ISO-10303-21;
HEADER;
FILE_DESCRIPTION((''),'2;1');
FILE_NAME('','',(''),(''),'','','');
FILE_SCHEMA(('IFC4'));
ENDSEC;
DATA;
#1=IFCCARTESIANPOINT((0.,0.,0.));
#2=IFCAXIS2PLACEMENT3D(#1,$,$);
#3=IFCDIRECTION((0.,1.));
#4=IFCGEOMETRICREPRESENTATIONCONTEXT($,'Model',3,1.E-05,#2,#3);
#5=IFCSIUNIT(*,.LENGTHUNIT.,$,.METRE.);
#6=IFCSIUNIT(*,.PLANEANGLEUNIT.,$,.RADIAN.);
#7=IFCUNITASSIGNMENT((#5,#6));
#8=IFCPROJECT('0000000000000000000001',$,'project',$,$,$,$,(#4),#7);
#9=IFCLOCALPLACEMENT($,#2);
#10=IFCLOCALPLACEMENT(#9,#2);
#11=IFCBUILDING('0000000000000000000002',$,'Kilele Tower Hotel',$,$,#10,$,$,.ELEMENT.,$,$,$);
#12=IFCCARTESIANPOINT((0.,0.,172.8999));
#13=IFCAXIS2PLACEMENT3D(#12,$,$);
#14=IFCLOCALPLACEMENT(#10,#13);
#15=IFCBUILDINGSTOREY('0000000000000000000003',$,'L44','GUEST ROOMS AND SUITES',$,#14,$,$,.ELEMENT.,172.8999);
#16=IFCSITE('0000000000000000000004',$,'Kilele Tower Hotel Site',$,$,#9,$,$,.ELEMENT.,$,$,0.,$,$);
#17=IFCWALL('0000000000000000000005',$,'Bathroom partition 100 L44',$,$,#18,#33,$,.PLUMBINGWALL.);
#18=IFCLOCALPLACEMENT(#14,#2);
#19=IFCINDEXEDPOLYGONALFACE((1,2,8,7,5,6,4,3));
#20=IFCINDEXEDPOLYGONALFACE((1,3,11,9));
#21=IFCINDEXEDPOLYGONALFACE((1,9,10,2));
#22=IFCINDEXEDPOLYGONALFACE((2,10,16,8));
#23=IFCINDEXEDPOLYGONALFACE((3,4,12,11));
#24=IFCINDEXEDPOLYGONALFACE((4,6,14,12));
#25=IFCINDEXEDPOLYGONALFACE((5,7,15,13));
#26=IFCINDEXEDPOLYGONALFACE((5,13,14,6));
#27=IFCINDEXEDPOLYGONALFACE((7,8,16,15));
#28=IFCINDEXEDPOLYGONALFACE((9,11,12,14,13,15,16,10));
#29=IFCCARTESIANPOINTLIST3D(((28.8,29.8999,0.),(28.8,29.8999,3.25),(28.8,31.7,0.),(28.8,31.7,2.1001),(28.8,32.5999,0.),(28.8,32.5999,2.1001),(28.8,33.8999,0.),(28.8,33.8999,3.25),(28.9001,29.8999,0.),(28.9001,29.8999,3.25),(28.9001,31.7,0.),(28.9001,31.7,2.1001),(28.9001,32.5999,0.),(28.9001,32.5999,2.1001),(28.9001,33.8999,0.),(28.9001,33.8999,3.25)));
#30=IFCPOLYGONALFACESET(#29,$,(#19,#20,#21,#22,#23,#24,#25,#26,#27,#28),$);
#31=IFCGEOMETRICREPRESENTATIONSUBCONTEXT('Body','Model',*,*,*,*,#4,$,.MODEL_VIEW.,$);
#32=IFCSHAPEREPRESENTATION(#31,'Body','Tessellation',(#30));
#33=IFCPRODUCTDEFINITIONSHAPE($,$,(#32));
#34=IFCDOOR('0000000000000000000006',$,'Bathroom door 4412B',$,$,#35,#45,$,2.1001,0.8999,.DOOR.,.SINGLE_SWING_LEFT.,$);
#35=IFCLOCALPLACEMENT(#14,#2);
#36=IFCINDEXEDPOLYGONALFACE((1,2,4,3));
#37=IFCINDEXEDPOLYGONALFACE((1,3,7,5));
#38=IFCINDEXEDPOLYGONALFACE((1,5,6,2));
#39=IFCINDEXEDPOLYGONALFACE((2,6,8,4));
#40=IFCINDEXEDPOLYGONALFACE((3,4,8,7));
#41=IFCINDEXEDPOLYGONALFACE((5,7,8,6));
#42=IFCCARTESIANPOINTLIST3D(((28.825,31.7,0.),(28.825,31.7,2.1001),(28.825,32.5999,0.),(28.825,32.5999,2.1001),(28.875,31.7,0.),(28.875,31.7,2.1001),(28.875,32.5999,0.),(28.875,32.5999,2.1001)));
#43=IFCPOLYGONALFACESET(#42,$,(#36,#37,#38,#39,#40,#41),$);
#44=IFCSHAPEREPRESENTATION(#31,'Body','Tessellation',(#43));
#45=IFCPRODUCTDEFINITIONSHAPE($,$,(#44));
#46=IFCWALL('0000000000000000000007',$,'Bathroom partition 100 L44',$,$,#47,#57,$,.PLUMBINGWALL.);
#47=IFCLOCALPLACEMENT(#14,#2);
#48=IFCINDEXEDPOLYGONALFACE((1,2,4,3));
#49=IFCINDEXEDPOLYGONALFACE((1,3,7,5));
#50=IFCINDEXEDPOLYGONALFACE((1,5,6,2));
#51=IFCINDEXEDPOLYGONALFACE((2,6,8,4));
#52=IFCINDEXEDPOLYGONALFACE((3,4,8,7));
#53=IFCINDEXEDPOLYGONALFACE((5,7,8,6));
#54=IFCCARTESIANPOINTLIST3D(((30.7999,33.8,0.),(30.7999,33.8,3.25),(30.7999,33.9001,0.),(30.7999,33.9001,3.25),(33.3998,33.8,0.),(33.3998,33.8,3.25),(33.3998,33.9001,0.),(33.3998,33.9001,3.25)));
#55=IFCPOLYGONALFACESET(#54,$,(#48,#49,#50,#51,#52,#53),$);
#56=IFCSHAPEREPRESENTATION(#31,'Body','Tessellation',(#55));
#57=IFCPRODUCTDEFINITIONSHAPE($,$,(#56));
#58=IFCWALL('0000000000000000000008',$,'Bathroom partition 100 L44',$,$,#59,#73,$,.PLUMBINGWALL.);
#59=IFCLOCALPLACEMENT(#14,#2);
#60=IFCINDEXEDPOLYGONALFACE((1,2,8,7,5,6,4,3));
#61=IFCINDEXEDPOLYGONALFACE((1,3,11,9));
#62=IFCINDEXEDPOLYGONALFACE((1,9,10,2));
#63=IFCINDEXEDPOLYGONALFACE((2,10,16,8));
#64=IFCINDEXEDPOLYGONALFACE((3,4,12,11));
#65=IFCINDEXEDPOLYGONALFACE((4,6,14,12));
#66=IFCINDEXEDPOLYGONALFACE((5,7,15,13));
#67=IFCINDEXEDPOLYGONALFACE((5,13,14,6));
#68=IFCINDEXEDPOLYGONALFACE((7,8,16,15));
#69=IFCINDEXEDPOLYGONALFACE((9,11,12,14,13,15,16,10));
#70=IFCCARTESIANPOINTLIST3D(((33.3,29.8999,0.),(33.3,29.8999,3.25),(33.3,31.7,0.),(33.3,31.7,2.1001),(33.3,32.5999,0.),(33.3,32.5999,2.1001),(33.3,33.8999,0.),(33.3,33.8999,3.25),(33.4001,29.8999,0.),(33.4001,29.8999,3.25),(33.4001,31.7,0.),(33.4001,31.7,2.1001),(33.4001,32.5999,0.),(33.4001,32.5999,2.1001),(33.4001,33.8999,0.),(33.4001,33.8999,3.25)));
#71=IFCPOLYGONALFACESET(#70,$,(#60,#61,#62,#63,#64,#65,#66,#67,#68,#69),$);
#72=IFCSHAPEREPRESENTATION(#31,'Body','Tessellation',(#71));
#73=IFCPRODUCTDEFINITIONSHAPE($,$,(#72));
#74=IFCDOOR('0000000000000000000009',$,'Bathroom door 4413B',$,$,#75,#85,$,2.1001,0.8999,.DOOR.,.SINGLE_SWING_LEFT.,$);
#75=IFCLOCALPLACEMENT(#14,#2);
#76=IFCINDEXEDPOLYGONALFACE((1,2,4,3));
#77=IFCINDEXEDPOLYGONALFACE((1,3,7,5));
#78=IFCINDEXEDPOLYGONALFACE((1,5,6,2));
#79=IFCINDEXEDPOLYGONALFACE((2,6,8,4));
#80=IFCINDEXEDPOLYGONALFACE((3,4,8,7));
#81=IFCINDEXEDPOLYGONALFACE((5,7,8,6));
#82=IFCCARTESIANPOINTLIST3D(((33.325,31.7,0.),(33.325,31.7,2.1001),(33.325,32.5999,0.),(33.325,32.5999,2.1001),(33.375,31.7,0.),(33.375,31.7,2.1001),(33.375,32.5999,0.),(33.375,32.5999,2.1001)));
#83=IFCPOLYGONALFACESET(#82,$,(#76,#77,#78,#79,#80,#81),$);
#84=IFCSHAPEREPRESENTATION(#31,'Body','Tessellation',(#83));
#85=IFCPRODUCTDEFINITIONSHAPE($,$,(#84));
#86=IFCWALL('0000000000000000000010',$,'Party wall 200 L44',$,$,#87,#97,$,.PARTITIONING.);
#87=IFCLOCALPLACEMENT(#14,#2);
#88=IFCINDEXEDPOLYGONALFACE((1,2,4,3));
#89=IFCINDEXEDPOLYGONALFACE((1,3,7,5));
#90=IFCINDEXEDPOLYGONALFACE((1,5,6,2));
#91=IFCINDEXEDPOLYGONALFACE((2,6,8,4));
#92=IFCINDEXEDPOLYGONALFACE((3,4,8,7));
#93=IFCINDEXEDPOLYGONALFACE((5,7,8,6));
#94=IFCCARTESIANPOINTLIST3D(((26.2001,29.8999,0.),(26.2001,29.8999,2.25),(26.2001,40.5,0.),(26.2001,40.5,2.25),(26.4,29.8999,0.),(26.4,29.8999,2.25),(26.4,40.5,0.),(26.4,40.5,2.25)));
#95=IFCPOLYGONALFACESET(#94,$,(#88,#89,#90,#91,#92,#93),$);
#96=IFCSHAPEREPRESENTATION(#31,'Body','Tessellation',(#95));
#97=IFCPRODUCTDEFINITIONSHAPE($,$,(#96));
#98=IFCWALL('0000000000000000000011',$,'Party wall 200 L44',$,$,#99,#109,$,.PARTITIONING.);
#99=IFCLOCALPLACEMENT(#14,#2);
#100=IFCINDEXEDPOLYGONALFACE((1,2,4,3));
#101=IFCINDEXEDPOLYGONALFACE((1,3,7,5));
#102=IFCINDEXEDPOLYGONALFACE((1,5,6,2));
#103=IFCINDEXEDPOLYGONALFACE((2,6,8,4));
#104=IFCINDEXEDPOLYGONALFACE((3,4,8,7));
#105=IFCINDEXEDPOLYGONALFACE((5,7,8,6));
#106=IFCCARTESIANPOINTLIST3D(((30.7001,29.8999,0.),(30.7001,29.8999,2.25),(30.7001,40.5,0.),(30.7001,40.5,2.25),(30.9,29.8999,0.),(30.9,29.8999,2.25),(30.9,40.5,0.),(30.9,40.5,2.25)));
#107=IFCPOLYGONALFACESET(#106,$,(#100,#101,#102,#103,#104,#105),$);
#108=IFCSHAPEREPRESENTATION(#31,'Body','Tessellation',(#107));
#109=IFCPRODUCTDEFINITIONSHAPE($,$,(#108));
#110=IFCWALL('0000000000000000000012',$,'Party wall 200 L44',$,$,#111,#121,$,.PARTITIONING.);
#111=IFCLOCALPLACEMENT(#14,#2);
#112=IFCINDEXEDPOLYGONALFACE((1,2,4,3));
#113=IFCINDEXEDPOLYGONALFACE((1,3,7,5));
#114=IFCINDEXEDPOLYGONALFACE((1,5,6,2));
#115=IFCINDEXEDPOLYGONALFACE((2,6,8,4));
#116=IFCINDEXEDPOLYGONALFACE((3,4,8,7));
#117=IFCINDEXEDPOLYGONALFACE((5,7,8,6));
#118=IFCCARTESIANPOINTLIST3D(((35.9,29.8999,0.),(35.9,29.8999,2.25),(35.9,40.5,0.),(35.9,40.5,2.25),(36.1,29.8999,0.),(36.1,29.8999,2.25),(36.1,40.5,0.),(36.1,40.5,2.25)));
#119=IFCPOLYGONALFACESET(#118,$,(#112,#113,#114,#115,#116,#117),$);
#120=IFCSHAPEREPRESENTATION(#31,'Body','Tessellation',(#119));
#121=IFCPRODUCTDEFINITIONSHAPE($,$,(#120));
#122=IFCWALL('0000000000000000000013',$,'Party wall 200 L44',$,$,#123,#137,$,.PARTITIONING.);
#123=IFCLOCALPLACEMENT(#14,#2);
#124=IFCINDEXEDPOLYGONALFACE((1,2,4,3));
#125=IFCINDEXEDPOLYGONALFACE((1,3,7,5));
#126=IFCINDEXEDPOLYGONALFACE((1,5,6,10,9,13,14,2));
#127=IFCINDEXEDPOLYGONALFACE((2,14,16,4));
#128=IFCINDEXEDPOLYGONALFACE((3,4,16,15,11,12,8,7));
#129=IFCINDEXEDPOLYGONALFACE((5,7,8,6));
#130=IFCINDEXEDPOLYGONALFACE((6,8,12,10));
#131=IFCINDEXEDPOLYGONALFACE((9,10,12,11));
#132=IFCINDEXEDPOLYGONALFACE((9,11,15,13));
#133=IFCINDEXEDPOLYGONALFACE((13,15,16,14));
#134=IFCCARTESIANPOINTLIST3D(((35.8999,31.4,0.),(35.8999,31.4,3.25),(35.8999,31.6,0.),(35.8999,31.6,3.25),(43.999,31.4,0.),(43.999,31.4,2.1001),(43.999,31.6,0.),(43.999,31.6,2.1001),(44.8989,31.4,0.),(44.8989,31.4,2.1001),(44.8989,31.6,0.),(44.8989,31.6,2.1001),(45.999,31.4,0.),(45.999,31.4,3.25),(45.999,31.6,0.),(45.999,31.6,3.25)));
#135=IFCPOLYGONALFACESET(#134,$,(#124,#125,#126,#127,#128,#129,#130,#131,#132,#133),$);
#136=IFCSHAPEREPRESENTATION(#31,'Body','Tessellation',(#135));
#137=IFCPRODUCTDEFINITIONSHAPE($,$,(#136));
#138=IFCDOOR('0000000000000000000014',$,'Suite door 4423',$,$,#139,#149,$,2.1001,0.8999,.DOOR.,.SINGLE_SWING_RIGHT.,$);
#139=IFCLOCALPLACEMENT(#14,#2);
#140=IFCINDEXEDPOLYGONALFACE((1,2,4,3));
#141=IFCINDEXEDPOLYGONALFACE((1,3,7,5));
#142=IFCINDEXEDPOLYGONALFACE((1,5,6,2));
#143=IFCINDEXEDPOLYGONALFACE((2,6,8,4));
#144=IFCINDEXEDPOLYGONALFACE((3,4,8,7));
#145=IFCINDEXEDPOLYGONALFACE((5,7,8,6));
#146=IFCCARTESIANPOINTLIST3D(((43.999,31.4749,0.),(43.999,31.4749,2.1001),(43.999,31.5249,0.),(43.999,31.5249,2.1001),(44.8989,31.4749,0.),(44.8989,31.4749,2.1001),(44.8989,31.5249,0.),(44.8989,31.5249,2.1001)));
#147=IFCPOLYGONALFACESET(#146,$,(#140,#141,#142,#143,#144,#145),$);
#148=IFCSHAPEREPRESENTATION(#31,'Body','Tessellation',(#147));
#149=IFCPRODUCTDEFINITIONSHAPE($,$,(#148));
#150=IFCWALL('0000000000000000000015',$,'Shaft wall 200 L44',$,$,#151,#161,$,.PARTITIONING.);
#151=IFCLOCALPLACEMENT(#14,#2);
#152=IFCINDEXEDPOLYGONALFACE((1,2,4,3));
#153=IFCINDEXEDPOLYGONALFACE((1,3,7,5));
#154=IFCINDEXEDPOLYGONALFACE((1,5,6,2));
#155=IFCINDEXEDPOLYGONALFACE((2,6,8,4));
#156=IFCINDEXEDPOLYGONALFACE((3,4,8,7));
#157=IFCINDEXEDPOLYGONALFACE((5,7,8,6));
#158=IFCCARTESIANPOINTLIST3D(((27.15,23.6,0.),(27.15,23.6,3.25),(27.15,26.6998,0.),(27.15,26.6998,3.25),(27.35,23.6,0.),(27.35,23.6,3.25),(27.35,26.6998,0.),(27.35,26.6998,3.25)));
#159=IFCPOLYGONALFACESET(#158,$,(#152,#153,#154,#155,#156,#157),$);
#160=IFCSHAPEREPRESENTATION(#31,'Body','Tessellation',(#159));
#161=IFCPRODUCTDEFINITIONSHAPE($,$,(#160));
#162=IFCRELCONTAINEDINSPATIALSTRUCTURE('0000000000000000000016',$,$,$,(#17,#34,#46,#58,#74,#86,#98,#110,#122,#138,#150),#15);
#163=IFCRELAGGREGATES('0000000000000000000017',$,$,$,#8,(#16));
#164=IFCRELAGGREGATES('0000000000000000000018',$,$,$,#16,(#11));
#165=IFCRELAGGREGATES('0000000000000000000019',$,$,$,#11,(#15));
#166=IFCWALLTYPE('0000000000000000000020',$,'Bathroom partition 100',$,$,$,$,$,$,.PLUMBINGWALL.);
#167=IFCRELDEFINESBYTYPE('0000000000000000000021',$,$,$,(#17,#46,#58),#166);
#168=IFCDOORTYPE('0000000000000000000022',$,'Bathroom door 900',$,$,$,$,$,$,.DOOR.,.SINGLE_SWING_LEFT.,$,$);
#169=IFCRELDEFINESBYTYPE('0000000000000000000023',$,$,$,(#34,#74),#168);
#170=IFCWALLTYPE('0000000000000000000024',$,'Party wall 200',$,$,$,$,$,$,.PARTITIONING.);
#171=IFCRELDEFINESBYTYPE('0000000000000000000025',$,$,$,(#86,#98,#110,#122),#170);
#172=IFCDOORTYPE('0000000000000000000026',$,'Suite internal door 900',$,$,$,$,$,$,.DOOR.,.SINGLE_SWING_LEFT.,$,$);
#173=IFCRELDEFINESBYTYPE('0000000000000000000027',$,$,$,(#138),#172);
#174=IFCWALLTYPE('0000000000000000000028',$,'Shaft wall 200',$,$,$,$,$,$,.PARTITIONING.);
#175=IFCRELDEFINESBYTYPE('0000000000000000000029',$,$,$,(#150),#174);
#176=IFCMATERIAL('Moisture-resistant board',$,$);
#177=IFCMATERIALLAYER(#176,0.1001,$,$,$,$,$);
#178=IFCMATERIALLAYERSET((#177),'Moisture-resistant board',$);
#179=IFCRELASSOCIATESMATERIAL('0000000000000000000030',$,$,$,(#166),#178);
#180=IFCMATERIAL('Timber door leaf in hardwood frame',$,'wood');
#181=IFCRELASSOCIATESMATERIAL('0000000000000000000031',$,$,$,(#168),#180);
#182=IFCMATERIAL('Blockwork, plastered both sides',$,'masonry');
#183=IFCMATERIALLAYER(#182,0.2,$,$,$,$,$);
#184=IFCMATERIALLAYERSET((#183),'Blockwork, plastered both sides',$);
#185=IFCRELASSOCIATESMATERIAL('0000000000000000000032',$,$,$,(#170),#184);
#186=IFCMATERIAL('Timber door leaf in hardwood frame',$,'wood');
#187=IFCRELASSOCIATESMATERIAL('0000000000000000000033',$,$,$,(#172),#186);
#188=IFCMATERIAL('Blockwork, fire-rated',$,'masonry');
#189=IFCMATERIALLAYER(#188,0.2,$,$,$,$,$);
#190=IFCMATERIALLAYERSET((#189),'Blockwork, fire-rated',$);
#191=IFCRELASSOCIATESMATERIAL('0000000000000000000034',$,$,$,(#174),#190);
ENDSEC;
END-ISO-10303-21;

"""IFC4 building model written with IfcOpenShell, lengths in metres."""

from ifc_helpers import new_model, si_unit, direction, frame, frame_2d, origin, place, context, subcontext, project, spatial, rectangle, extrude, material, layer, layer_set, type_object, element, fill, save


model = new_model("IFC4")

# Units and contexts
model_context = context("Model", 3, precision=1e-05, world=origin(), true_north=direction((0.0, 1.0)))
body_context = subcontext(model_context, "Body", "Model", "MODEL_VIEW")
ifc_project = project(units=[si_unit("LENGTHUNIT", "METRE"), si_unit("PLANEANGLEUNIT", "RADIAN")], contexts=[model_context])

# Site, building, storey
site_placement = place(None, origin())
site = spatial("IfcSite", under=ifc_project, at=site_placement, Name="Kilele Tower Hotel Site", CompositionType="ELEMENT", RefElevation=0.0)
building_placement = place(site_placement, origin())
building = spatial("IfcBuilding", under=site, at=building_placement, Name="Kilele Tower Hotel", CompositionType="ELEMENT")
storey_placement = place(building_placement, frame((0.0, 0.0, 172.8999)))
storey = spatial("IfcBuildingStorey", under=building, at=storey_placement, Name="L44", Description="GUEST ROOMS AND SUITES", CompositionType="ELEMENT", Elevation=172.8999)

# Shared definitions
ifc_material_1 = material(Name="Moisture-resistant board")
ifc_layer_1 = layer(ifc_material_1, 0.1001)
ifc_layer_set_1 = layer_set([ifc_layer_1], Name="Moisture-resistant board")
wall_type_1 = type_object("IfcWallType", Name="Bathroom partition 100", PredefinedType="PLUMBINGWALL", material=ifc_layer_set_1)
ifc_material_2 = material(Name="Timber door leaf in hardwood frame", Category="wood")
door_type_1 = type_object("IfcDoorType", Name="Bathroom door 900", OperationType="SINGLE_SWING_LEFT", PredefinedType="DOOR", material=ifc_material_2)

# Wall, opening, door
wall_1_placement = place(storey_placement, frame((28.8501, 29.8999, 0.0), z_axis=(0.0, 0.0, 1.0), x_axis=(0.0, 1.0, 0.0)))
wall_1 = element("IfcWall", 1, at=wall_1_placement, inside=storey, type_object=wall_type_1, Name="Bathroom partition 100 L44", PredefinedType="PLUMBINGWALL", context=body_context, shape_type="SweptSolid", body=[
    extrude(rectangle(XDim=4.0, YDim=0.1001, at=frame_2d((2.0, 0.0))), origin(), (0.0, 0.0, 1.0), 3.25),
])
opening_1_placement = place(wall_1_placement, frame((2.7, 0.0, 0.0), z_axis=(0.0, 0.0, 1.0), x_axis=(-1.0, 0.0, 0.0)))
opening_1 = element("IfcOpeningElement", 2, at=opening_1_placement, cuts=wall_1, PredefinedType="OPENING", context=body_context, shape_type="SweptSolid", body=[
    extrude(rectangle(XDim=0.8999, YDim=2.1001, at=frame_2d((0.45, 1.05))), frame((0.0, 0.0601, 0.0), z_axis=(0.0, -1.0, 0.0), x_axis=(1.0, 0.0, 0.0)), (0.0, 0.0, 1.0), 0.1201),
])
door_1_placement = place(opening_1_placement, origin())
door_1 = element("IfcDoor", 3, at=door_1_placement, inside=storey, type_object=door_type_1, Name="Bathroom door 4412B", OperationType="SINGLE_SWING_LEFT", OverallHeight=2.1001, OverallWidth=0.8999, PredefinedType="DOOR", context=body_context, shape_type="SweptSolid", body=[
    extrude(rectangle(XDim=0.8999, YDim=2.1001, at=frame_2d((0.45, 1.05))), frame((0.0, 0.0249, 0.0), z_axis=(0.0, -1.0, 0.0), x_axis=(1.0, 0.0, 0.0)), (0.0, 0.0, 1.0), 0.05),
])
fill(opening_1, door_1)

# Wall
wall_2_placement = place(storey_placement, frame((30.8, 33.8501, 0.0), z_axis=(0.0, 0.0, 1.0), x_axis=(1.0, 0.0, 0.0)))
element("IfcWall", 4, at=wall_2_placement, inside=storey, type_object=wall_type_1, Name="Bathroom partition 100 L44", PredefinedType="PLUMBINGWALL", context=body_context, shape_type="SweptSolid", body=[
    extrude(rectangle(XDim=2.5999, YDim=0.1001, at=frame_2d((1.2998, 0.0))), origin(), (0.0, 0.0, 1.0), 3.25),
])

# Wall, opening, door
wall_3_placement = place(storey_placement, frame((33.3501, 29.8999, 0.0), z_axis=(0.0, 0.0, 1.0), x_axis=(0.0, 1.0, 0.0)))
wall_3 = element("IfcWall", 5, at=wall_3_placement, inside=storey, type_object=wall_type_1, Name="Bathroom partition 100 L44", PredefinedType="PLUMBINGWALL", context=body_context, shape_type="SweptSolid", body=[
    extrude(rectangle(XDim=4.0, YDim=0.1001, at=frame_2d((2.0, 0.0))), origin(), (0.0, 0.0, 1.0), 3.25),
])
opening_2_placement = place(wall_3_placement, frame((2.7, 0.0, 0.0), z_axis=(0.0, 0.0, 1.0), x_axis=(-1.0, 0.0, 0.0)))
opening_2 = element("IfcOpeningElement", 6, at=opening_2_placement, cuts=wall_3, PredefinedType="OPENING", context=body_context, shape_type="SweptSolid", body=[
    extrude(rectangle(XDim=0.8999, YDim=2.1001, at=frame_2d((0.45, 1.05))), frame((0.0, 0.0601, 0.0), z_axis=(0.0, -1.0, 0.0), x_axis=(1.0, 0.0, 0.0)), (0.0, 0.0, 1.0), 0.1201),
])
door_2_placement = place(opening_2_placement, origin())
door_2 = element("IfcDoor", 7, at=door_2_placement, inside=storey, type_object=door_type_1, Name="Bathroom door 4413B", OperationType="SINGLE_SWING_LEFT", OverallHeight=2.1001, OverallWidth=0.8999, PredefinedType="DOOR", context=body_context, shape_type="SweptSolid", body=[
    extrude(rectangle(XDim=0.8999, YDim=2.1001, at=frame_2d((0.45, 1.05))), frame((0.0, 0.0249, 0.0), z_axis=(0.0, -1.0, 0.0), x_axis=(1.0, 0.0, 0.0)), (0.0, 0.0, 1.0), 0.05),
])
fill(opening_2, door_2)

# Walls
ifc_material_3 = material(Name="Blockwork, plastered both sides", Category="masonry")
ifc_layer_2 = layer(ifc_material_3, 0.2)
ifc_layer_set_2 = layer_set([ifc_layer_2], Name="Blockwork, plastered both sides")
wall_type_2 = type_object("IfcWallType", Name="Party wall 200", PredefinedType="PARTITIONING", material=ifc_layer_set_2)
for number, where, z_axis, x_axis, name in (
    (8, (26.3, 29.8999, 0.0), (0.0, 0.0, 1.0), (0.0, 1.0, 0.0), "Party wall 200 L44"),
    (9, (30.8, 29.8999, 0.0), (0.0, 0.0, 1.0), (0.0, 1.0, 0.0), "Party wall 200 L44"),
    (10, (36.0, 29.8999, 0.0), (0.0, 0.0, 1.0), (0.0, 1.0, 0.0), "Party wall 200 L44"),
):
    element("IfcWall", number, at=place(storey_placement, frame(where, z_axis=z_axis, x_axis=x_axis)), inside=storey, type_object=wall_type_2, Name=name, PredefinedType="PARTITIONING", context=body_context, shape_type="SweptSolid", body=[
        extrude(rectangle(XDim=10.6001, YDim=0.2, at=frame_2d((5.3, 0.0))), origin(), (0.0, 0.0, 1.0), 2.25),
    ])

# Wall, opening, door
wall_4_placement = place(storey_placement, frame((35.8999, 31.5, 0.0), z_axis=(0.0, 0.0, 1.0), x_axis=(1.0, 0.0, 0.0)))
wall_4 = element("IfcWall", 11, at=wall_4_placement, inside=storey, type_object=wall_type_2, Name="Party wall 200 L44", PredefinedType="PARTITIONING", context=body_context, shape_type="SweptSolid", body=[
    extrude(rectangle(XDim=10.0991, YDim=0.2, at=frame_2d((5.0496, 0.0))), origin(), (0.0, 0.0, 1.0), 3.25),
])
opening_3_placement = place(wall_4_placement, frame((8.0991, 0.0, 0.0)))
opening_3 = element("IfcOpeningElement", 12, at=opening_3_placement, cuts=wall_4, PredefinedType="OPENING", context=body_context, shape_type="SweptSolid", body=[
    extrude(rectangle(XDim=0.8999, YDim=2.1001, at=frame_2d((0.45, 1.05))), frame((0.0, 0.1099, 0.0), z_axis=(0.0, -1.0, 0.0), x_axis=(1.0, 0.0, 0.0)), (0.0, 0.0, 1.0), 0.22),
])
ifc_material_4 = material(Name="Timber door leaf in hardwood frame", Category="wood")
door_type_2 = type_object("IfcDoorType", Name="Suite internal door 900", OperationType="SINGLE_SWING_LEFT", PredefinedType="DOOR", material=ifc_material_4)
door_3_placement = place(opening_3_placement, origin())
door_3 = element("IfcDoor", 13, at=door_3_placement, inside=storey, type_object=door_type_2, Name="Suite door 4423", OperationType="SINGLE_SWING_RIGHT", OverallHeight=2.1001, OverallWidth=0.8999, PredefinedType="DOOR", context=body_context, shape_type="SweptSolid", body=[
    extrude(rectangle(XDim=0.8999, YDim=2.1001, at=frame_2d((0.45, 1.05))), frame((0.0, 0.0249, 0.0), z_axis=(0.0, -1.0, 0.0), x_axis=(1.0, 0.0, 0.0)), (0.0, 0.0, 1.0), 0.05),
])
fill(opening_3, door_3)

# Wall
ifc_material_5 = material(Name="Blockwork, fire-rated", Category="masonry")
ifc_layer_3 = layer(ifc_material_5, 0.2)
ifc_layer_set_3 = layer_set([ifc_layer_3], Name="Blockwork, fire-rated")
wall_type_3 = type_object("IfcWallType", Name="Shaft wall 200", PredefinedType="PARTITIONING", material=ifc_layer_set_3)
wall_5_placement = place(storey_placement, frame((27.25, 23.6001, 0.0), z_axis=(0.0, 0.0, 1.0), x_axis=(0.0, 1.0, 0.0)))
element("IfcWall", 14, at=wall_5_placement, inside=storey, type_object=wall_type_3, Name="Shaft wall 200 L44", PredefinedType="PARTITIONING", context=body_context, shape_type="SweptSolid", body=[
    extrude(rectangle(XDim=3.0999, YDim=0.2, at=frame_2d((1.5498, 0.0))), origin(), (0.0, 0.0, 1.0), 3.25),
])

save(model, "model.ifc")
